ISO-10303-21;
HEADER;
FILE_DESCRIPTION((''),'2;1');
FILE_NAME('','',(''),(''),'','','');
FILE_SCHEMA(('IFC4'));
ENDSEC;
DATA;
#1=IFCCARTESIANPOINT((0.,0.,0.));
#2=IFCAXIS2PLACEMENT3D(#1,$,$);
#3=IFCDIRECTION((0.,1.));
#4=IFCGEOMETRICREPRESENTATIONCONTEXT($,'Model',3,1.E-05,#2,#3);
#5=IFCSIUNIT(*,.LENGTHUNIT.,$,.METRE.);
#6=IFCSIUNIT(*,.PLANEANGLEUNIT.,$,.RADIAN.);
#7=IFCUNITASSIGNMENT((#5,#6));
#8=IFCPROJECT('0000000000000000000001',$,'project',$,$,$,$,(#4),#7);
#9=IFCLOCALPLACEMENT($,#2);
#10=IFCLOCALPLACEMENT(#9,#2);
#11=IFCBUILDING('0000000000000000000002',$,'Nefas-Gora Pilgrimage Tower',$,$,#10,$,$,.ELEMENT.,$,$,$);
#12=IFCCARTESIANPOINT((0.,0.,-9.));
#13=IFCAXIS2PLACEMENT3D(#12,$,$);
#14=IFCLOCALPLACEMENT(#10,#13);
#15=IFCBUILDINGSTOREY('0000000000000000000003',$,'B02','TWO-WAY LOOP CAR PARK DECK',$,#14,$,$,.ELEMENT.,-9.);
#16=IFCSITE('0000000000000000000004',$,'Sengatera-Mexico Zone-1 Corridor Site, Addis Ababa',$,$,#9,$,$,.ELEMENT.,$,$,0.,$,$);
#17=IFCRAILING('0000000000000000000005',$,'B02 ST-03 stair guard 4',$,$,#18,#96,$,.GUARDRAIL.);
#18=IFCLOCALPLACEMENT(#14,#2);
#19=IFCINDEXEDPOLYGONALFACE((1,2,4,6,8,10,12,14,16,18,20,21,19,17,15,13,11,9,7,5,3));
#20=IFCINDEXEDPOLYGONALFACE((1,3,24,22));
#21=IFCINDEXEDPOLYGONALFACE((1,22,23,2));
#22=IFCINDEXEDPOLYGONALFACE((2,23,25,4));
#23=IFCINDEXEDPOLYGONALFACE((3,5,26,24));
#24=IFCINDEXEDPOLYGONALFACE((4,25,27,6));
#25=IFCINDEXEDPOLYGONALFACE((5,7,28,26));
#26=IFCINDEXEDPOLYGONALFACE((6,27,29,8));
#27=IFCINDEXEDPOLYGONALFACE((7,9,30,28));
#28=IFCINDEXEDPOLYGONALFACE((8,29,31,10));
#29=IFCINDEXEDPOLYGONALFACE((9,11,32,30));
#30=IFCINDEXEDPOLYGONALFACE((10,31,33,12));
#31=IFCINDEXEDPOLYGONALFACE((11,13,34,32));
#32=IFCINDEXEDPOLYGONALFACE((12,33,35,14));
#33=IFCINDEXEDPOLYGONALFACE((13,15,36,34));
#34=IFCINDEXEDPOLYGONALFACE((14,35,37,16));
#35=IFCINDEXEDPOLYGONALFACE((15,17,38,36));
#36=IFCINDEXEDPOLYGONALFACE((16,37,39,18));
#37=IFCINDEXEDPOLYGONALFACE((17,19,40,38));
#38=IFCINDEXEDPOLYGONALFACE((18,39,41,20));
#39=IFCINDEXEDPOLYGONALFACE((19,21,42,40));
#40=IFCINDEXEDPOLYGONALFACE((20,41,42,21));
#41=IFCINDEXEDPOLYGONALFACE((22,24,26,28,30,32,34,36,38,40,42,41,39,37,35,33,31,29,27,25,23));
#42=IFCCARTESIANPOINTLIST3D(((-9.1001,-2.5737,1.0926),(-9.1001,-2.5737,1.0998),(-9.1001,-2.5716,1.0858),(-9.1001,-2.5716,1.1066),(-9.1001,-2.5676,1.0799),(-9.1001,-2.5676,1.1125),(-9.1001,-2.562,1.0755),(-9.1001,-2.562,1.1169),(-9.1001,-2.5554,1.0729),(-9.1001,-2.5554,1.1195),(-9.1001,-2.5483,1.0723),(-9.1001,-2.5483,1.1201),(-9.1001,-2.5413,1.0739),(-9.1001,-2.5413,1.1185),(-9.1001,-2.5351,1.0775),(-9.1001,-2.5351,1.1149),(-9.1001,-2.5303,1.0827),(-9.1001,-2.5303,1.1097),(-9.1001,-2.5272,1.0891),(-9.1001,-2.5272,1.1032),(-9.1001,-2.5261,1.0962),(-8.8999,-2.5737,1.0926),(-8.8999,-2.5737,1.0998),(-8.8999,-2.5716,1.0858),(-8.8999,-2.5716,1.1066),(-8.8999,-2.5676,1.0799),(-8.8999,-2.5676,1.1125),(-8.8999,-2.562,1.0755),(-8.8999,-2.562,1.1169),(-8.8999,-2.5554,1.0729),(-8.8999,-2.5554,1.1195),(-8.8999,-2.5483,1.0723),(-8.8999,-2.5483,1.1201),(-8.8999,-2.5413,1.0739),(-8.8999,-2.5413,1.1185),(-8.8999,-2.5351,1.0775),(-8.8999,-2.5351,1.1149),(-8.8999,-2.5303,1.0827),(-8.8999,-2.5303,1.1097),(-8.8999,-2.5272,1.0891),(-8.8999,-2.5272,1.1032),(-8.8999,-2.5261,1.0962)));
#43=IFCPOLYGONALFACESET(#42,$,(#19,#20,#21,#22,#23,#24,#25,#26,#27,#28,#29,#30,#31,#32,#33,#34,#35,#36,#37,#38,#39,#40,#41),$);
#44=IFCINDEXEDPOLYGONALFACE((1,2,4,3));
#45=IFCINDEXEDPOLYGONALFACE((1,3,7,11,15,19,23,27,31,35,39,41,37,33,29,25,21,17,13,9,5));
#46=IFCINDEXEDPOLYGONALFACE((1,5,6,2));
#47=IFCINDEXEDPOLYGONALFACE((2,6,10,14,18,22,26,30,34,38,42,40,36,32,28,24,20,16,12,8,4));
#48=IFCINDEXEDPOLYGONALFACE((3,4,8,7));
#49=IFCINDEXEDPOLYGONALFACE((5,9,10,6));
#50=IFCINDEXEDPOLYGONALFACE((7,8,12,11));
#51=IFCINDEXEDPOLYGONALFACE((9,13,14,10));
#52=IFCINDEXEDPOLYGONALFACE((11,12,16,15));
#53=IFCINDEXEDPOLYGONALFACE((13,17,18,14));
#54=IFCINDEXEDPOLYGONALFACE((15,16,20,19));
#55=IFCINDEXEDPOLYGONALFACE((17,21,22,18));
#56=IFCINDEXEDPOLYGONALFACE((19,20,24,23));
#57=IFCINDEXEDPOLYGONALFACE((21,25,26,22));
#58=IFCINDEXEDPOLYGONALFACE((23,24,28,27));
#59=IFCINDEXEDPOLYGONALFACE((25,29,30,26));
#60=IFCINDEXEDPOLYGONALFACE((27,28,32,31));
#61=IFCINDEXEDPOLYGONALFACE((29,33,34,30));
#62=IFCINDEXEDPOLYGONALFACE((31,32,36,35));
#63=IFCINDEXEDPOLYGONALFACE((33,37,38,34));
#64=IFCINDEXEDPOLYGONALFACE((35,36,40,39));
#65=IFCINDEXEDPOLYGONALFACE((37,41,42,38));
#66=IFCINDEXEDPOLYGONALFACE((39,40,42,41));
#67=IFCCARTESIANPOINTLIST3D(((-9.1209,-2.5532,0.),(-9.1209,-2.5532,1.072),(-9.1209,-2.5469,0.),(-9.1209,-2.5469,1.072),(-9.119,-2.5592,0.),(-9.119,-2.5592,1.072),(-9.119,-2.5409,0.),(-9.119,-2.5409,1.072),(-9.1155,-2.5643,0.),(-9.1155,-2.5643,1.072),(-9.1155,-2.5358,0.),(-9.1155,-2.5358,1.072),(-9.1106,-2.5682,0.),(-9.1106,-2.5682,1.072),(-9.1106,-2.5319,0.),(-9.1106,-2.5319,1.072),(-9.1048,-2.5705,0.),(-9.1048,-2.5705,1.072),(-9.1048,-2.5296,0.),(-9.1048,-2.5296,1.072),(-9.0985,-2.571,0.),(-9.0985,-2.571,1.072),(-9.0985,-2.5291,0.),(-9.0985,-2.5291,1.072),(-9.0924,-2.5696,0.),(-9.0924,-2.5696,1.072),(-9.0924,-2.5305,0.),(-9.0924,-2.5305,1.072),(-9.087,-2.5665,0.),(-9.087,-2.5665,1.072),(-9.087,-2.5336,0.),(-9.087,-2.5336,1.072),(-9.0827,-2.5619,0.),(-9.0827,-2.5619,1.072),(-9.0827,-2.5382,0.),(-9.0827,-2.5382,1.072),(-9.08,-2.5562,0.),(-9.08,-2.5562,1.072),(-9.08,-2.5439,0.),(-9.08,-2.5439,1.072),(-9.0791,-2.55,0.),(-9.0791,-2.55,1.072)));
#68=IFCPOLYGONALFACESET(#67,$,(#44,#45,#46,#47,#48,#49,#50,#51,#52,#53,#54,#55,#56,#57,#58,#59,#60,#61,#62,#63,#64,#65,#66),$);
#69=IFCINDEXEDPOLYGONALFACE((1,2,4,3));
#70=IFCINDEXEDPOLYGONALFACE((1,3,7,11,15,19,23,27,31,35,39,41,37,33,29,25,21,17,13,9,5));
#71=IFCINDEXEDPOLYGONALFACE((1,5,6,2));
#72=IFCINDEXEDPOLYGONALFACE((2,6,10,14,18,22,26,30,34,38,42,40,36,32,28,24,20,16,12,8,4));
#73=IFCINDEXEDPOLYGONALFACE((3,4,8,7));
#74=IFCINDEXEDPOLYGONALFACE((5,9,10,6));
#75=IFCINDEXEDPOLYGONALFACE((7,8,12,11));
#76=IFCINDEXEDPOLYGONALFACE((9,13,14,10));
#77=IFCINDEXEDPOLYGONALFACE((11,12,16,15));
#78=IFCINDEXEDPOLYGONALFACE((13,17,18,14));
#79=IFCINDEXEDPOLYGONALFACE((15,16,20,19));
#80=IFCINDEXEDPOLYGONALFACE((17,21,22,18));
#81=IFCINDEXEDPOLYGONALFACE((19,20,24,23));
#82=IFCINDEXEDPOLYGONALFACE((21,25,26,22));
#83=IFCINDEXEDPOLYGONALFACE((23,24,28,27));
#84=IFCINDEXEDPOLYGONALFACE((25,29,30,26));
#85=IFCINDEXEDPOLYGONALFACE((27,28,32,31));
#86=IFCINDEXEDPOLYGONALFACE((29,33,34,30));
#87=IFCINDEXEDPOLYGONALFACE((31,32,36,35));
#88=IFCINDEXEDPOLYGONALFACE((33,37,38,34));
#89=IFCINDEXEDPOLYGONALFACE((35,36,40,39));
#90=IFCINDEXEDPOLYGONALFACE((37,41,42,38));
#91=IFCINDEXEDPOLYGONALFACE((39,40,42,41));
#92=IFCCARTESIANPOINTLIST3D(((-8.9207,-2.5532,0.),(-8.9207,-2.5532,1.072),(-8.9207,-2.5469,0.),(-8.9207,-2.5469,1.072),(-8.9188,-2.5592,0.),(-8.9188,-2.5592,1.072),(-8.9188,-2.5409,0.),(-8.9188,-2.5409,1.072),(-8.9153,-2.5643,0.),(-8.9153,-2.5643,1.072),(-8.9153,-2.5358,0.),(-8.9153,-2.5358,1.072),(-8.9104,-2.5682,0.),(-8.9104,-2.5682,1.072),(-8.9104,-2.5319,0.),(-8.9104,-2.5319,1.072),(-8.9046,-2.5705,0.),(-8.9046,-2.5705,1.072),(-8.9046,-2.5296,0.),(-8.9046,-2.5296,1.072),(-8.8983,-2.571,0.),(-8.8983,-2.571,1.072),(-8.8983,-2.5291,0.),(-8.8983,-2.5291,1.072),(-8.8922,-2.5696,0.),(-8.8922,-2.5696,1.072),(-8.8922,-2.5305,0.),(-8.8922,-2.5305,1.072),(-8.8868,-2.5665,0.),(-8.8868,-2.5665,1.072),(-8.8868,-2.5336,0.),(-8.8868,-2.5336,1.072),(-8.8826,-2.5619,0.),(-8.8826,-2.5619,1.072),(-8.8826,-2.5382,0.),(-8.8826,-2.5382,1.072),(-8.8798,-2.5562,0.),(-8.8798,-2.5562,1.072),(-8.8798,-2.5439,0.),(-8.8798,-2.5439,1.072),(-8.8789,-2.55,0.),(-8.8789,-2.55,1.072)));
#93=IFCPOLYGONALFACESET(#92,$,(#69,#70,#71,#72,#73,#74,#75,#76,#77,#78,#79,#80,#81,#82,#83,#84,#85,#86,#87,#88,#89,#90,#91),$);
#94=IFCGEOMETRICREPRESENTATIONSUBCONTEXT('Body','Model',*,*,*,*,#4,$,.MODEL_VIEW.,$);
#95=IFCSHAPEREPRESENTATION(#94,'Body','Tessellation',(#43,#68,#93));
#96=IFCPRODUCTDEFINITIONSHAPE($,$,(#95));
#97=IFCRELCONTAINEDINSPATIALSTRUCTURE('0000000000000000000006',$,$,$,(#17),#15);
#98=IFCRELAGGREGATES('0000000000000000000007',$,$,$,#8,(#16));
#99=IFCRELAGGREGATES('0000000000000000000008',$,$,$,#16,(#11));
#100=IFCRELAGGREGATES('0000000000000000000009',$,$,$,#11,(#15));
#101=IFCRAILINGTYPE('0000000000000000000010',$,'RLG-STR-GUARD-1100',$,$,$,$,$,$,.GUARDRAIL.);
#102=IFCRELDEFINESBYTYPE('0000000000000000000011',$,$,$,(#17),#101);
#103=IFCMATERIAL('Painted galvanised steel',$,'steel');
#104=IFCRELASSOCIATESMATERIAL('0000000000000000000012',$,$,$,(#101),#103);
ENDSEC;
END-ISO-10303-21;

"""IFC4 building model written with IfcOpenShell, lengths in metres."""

from ifc_helpers import new_model, si_unit, direction, frame, origin, origin_2d, place, context, subcontext, project, spatial, circle, extrude, material, type_object, element, save


model = new_model("IFC4")

# Units and contexts
model_context = context("Model", 3, precision=1e-05, world=origin(), true_north=direction((0.0, 1.0)))
body_context = subcontext(model_context, "Body", "Model", "MODEL_VIEW")
ifc_project = project(units=[si_unit("LENGTHUNIT", "METRE"), si_unit("PLANEANGLEUNIT", "RADIAN")], contexts=[model_context])

# Site, building, storey
site_placement = place(None, origin())
site = spatial("IfcSite", under=ifc_project, at=site_placement, Name="Sengatera-Mexico Zone-1 Corridor Site, Addis Ababa", CompositionType="ELEMENT", RefElevation=0.0)
building_placement = place(site_placement, origin())
building = spatial("IfcBuilding", under=site, at=building_placement, Name="Nefas-Gora Pilgrimage Tower", CompositionType="ELEMENT")
storey_placement = place(building_placement, frame((0.0, 0.0, -9.0)))
storey = spatial("IfcBuildingStorey", under=building, at=storey_placement, Name="B02", Description="TWO-WAY LOOP CAR PARK DECK", CompositionType="ELEMENT", Elevation=-9.0)

# Railing
ifc_material_1 = material(Name="Painted galvanised steel", Category="steel")
railing_type_1 = type_object("IfcRailingType", Name="RLG-STR-GUARD-1100", PredefinedType="GUARDRAIL", material=ifc_material_1)
railing_1_placement = place(storey_placement, frame((-9.1001, -2.55, 0.0)))
element("IfcRailing", 1, at=railing_1_placement, inside=storey, type_object=railing_type_1, Name="B02 ST-03 stair guard 4", PredefinedType="GUARDRAIL", context=body_context, shape_type="SweptSolid", body=[
    extrude(circle(Radius=0.0239, at=origin_2d()), frame((0.0, 0.0, 1.0962), z_axis=(1.0, 0.0, 0.0), x_axis=(0.0, 1.0, 0.0)), (0.0, 0.0, 1.0), 0.2002),
    extrude(circle(Radius=0.021, at=origin_2d()), origin(), (0.0, 0.0, 1.0), 1.072),
    extrude(circle(Radius=0.021, at=origin_2d()), frame((0.2002, 0.0, 0.0)), (0.0, 0.0, 1.0), 1.072),
])

save(model, "model.ifc")
